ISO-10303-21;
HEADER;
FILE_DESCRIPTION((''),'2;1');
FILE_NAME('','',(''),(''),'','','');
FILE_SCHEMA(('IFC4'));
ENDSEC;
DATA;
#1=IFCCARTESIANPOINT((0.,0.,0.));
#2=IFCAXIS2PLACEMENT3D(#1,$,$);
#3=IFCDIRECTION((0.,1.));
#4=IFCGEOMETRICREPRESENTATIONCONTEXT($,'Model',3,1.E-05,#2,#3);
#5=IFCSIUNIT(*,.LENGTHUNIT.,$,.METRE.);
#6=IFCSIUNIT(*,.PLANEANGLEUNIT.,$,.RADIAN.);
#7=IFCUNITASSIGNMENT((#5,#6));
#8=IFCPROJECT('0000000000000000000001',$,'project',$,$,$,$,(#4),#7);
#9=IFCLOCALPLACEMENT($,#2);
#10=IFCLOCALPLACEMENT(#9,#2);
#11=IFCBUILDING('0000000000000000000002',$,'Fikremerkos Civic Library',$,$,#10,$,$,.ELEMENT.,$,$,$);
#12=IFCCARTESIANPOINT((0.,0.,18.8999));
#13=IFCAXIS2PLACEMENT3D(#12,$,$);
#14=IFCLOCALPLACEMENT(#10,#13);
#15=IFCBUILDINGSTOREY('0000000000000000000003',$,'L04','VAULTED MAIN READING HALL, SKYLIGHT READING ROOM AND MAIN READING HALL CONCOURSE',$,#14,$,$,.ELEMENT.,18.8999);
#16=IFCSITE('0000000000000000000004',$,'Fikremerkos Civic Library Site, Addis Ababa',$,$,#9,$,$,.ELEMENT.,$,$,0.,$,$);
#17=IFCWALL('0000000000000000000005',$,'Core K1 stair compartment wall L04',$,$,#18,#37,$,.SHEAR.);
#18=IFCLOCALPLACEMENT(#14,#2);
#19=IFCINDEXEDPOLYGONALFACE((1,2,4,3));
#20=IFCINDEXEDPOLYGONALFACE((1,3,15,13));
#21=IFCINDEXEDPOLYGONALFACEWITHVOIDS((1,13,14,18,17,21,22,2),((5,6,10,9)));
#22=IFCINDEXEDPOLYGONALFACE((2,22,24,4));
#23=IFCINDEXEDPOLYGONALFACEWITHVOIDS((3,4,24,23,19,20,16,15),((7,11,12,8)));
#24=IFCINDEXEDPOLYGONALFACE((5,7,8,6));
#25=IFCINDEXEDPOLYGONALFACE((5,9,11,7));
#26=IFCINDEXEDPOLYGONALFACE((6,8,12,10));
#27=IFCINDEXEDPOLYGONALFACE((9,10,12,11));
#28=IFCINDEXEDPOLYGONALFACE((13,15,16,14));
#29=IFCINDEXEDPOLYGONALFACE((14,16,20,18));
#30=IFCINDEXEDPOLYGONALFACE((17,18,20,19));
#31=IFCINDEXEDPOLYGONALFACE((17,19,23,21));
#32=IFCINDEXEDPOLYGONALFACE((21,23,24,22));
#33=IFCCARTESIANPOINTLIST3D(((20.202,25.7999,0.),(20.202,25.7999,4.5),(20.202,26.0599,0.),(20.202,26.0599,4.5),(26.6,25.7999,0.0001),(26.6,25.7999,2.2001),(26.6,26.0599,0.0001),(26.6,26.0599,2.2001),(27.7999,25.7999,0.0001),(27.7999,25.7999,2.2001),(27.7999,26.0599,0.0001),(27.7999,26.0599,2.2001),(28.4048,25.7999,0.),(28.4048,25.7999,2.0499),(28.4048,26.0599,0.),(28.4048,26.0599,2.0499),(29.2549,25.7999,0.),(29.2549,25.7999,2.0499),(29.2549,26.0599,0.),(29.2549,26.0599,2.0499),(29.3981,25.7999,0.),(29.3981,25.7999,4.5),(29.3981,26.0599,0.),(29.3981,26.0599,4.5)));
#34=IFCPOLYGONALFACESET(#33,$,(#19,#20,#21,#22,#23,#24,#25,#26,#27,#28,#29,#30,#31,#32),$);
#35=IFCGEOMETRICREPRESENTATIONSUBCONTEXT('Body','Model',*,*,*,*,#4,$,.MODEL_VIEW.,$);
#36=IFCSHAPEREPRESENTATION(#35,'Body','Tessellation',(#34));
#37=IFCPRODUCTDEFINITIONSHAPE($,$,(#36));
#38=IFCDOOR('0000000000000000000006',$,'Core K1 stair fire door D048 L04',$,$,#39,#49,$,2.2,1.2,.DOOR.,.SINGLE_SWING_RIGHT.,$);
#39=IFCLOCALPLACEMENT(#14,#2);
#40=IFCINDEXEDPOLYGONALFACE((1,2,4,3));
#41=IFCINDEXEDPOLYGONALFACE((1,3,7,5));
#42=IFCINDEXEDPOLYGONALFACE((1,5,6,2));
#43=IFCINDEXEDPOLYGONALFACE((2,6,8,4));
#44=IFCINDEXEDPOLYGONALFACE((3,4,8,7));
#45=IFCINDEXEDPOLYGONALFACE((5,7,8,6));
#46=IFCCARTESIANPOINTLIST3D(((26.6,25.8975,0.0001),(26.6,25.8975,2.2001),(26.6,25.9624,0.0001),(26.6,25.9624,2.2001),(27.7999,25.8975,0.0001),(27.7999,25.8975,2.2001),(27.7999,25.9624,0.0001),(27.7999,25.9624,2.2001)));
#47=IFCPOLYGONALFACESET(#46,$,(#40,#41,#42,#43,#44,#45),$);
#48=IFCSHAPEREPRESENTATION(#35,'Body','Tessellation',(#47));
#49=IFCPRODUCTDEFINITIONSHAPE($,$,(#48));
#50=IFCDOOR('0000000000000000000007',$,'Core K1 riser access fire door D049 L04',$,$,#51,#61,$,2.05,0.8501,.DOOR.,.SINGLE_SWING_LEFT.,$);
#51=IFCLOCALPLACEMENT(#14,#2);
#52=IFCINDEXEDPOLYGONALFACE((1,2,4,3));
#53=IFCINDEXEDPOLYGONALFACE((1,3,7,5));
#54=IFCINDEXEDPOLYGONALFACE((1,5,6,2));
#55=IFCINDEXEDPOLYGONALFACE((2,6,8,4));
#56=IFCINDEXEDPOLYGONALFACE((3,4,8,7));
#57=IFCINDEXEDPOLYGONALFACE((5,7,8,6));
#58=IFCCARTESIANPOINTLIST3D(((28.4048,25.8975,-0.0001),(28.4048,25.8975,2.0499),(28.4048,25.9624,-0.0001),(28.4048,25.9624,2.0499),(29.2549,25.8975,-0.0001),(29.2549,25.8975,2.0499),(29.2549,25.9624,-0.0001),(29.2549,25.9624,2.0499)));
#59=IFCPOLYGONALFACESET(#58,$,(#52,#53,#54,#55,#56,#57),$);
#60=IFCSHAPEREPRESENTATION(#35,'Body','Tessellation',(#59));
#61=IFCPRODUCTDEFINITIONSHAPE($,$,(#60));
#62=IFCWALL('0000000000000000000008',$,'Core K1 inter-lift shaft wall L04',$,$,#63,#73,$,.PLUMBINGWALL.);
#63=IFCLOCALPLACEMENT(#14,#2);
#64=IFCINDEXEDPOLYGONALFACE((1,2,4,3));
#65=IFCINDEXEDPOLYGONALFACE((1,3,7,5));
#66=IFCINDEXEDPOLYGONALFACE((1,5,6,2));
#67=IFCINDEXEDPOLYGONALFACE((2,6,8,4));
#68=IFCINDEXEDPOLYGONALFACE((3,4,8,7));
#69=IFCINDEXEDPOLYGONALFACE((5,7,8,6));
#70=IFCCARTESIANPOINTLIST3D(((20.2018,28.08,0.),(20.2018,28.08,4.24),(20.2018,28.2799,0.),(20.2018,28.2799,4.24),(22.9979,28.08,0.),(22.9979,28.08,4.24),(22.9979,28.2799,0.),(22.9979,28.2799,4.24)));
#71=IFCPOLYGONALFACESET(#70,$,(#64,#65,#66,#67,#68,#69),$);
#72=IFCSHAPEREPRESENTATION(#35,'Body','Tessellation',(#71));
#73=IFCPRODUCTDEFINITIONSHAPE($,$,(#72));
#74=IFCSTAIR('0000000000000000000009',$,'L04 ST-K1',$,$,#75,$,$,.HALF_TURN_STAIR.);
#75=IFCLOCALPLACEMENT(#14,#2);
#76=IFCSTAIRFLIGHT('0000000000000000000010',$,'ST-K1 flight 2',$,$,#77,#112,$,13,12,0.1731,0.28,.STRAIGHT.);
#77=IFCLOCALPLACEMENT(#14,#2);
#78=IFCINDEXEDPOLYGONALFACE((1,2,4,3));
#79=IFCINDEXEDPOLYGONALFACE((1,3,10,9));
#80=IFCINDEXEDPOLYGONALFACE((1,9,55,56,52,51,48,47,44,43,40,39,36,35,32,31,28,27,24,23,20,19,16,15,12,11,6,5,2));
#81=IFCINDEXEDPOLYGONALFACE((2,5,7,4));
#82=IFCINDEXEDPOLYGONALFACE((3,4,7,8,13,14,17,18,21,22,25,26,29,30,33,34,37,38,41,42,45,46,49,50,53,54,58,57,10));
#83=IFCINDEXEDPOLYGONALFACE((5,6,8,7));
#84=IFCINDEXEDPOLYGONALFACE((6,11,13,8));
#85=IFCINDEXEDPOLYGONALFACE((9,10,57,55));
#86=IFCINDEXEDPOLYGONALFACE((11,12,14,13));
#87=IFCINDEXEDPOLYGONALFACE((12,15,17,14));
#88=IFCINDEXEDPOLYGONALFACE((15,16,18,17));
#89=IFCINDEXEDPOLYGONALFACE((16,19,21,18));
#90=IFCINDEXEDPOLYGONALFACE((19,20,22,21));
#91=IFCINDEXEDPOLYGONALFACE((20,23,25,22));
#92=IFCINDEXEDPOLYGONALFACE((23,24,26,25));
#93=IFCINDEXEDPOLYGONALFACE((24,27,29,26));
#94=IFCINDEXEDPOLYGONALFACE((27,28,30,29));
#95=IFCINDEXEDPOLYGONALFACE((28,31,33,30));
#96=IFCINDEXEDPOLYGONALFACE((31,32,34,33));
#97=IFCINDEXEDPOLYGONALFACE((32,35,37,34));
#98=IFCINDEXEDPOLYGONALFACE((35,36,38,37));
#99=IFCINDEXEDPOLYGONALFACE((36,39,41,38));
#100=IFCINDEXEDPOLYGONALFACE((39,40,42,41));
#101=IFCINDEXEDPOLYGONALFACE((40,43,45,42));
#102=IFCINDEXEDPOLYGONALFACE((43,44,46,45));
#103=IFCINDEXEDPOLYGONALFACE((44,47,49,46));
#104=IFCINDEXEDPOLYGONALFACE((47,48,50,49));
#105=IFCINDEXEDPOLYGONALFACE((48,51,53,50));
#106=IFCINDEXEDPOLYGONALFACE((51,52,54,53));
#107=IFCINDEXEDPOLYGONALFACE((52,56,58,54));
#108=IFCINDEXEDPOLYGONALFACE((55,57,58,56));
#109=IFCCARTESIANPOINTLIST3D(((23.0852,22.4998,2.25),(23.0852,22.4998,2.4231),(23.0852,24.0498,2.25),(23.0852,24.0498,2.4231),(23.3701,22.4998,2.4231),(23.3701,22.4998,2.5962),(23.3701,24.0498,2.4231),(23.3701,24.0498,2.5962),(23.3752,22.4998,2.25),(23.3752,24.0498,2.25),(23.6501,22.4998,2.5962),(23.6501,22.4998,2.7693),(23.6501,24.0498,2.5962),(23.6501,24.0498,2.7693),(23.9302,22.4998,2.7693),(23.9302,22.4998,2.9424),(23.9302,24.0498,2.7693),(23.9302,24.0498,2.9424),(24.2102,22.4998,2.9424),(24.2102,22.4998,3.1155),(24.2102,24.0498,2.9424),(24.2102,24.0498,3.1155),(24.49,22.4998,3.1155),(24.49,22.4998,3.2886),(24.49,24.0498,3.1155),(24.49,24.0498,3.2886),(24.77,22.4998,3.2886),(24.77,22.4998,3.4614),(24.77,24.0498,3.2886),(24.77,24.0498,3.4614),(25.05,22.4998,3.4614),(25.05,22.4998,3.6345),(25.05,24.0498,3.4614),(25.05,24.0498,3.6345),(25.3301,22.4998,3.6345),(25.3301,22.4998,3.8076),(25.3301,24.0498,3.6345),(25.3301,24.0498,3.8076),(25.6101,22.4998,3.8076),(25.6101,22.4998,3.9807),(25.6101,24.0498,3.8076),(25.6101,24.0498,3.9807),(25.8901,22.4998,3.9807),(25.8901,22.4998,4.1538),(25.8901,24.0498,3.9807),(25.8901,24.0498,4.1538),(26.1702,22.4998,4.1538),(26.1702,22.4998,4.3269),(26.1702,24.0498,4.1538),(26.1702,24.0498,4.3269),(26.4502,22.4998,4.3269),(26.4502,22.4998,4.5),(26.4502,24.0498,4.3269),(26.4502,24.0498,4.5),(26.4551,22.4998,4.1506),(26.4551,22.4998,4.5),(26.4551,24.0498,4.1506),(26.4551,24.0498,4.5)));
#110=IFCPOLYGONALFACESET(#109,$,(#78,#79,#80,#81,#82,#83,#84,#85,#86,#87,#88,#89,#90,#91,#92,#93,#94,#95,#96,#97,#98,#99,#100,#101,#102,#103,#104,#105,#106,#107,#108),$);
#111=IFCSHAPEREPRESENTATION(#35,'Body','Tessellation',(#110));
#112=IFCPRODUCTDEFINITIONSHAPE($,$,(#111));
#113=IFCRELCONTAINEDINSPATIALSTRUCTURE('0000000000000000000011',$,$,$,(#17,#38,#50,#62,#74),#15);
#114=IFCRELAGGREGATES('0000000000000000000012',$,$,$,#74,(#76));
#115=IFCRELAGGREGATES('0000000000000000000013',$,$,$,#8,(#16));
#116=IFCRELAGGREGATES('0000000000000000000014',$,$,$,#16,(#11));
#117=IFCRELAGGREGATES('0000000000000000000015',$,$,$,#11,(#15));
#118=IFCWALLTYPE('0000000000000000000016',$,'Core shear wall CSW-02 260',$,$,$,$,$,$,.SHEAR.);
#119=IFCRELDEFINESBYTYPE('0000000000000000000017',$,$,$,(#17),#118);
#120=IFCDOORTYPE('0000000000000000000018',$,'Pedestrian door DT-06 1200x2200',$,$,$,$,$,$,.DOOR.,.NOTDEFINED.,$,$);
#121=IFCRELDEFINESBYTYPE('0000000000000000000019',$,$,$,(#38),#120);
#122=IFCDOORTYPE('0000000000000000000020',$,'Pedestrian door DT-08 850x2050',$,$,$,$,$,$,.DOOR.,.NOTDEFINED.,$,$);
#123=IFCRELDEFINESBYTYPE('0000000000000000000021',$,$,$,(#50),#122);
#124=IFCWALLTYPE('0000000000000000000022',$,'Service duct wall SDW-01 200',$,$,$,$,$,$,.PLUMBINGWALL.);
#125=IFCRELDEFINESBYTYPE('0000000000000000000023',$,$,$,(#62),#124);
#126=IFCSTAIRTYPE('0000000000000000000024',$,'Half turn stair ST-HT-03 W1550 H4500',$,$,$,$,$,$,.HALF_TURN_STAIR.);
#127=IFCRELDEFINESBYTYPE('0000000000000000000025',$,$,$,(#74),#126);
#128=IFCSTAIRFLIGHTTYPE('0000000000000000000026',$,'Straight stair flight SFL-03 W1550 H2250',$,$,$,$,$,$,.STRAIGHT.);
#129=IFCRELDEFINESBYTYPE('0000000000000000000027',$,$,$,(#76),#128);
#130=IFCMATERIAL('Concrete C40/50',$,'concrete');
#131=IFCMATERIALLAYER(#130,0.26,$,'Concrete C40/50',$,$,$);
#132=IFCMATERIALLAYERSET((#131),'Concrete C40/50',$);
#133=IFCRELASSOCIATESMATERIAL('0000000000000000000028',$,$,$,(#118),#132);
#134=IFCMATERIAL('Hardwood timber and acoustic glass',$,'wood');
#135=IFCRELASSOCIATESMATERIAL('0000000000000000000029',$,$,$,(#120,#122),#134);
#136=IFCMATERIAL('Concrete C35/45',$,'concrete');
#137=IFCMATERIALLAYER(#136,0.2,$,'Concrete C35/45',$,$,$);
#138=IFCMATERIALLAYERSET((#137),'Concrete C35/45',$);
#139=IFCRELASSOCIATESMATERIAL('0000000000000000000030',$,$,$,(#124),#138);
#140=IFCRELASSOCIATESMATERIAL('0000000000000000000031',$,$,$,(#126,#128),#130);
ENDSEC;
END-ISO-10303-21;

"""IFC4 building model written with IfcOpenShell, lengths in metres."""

from ifc_helpers import new_model, si_unit, direction, frame, frame_2d, origin, place, context, subcontext, project, spatial, polyline, rectangle, outline, extrude, material, layer, layer_set, type_object, element, fill, aggregate, save


model = new_model("IFC4")

# Units and contexts
model_context = context("Model", 3, precision=1e-05, world=origin(), true_north=direction((0.0, 1.0)))
body_context = subcontext(model_context, "Body", "Model", "MODEL_VIEW")
ifc_project = project(units=[si_unit("LENGTHUNIT", "METRE"), si_unit("PLANEANGLEUNIT", "RADIAN")], contexts=[model_context])

# Site, building, storey
site_placement = place(None, origin())
site = spatial("IfcSite", under=ifc_project, at=site_placement, Name="Fikremerkos Civic Library Site, Addis Ababa", CompositionType="ELEMENT", RefElevation=0.0)
building_placement = place(site_placement, origin())
building = spatial("IfcBuilding", under=site, at=building_placement, Name="Fikremerkos Civic Library", CompositionType="ELEMENT")
storey_placement = place(building_placement, frame((0.0, 0.0, 18.8999)))
storey = spatial("IfcBuildingStorey", under=building, at=storey_placement, Name="L04", Description="VAULTED MAIN READING HALL, SKYLIGHT READING ROOM AND MAIN READING HALL CONCOURSE", CompositionType="ELEMENT", Elevation=18.8999)

# Wall, openings, doors
ifc_material_1 = material(Name="Concrete C40/50", Category="concrete")
ifc_layer_1 = layer(ifc_material_1, 0.26, Name="Concrete C40/50")
ifc_layer_set_1 = layer_set([ifc_layer_1], Name="Concrete C40/50")
wall_type_1 = type_object("IfcWallType", Name="Core shear wall CSW-02 260", PredefinedType="SHEAR", material=ifc_layer_set_1)
wall_1_placement = place(storey_placement, frame((20.2019, 25.9299, 0.0), z_axis=(0.0, 0.0, 1.0), x_axis=(1.0, 0.0, 0.0)))
wall_1 = element("IfcWall", 1, at=wall_1_placement, inside=storey, type_object=wall_type_1, Name="Core K1 stair compartment wall L04", PredefinedType="SHEAR", context=body_context, shape_type="SweptSolid", body=[
    extrude(rectangle(XDim=9.196, YDim=0.26, at=frame_2d((4.5981, 0.0))), origin(), (0.0, 0.0, 1.0), 4.5),
])
opening_1_placement = place(wall_1_placement, frame((6.3979, 0.0, 0.0)))
opening_1 = element("IfcOpeningElement", 2, at=opening_1_placement, cuts=wall_1, PredefinedType="OPENING", context=body_context, shape_type="SweptSolid", body=[
    extrude(rectangle(XDim=1.2, YDim=2.2, at=frame_2d((0.6001, 1.1001))), frame((0.0, 0.1399, 0.0), z_axis=(0.0, -1.0, 0.0), x_axis=(1.0, 0.0, 0.0)), (0.0, 0.0, 1.0), 0.28),
])
opening_2_placement = place(wall_1_placement, frame((8.2029, 0.0, 0.0)))
opening_2 = element("IfcOpeningElement", 3, at=opening_2_placement, cuts=wall_1, PredefinedType="OPENING", context=body_context, shape_type="SweptSolid", body=[
    extrude(rectangle(XDim=0.8501, YDim=2.05, at=frame_2d((0.425, 1.0249))), frame((0.0, 0.1399, 0.0), z_axis=(0.0, -1.0, 0.0), x_axis=(1.0, 0.0, 0.0)), (0.0, 0.0, 1.0), 0.28),
])
ifc_material_2 = material(Name="Hardwood timber and acoustic glass", Category="wood")
door_type_1 = type_object("IfcDoorType", Name="Pedestrian door DT-06 1200x2200", OperationType="NOTDEFINED", PredefinedType="DOOR", material=ifc_material_2)
door_1_placement = place(opening_1_placement, origin())
door_1 = element("IfcDoor", 4, at=door_1_placement, inside=storey, type_object=door_type_1, Name="Core K1 stair fire door D048 L04", OperationType="SINGLE_SWING_RIGHT", OverallHeight=2.2, OverallWidth=1.2, PredefinedType="DOOR", context=body_context, shape_type="SweptSolid", body=[
    extrude(rectangle(XDim=1.2, YDim=2.2, at=frame_2d((0.6001, 1.1001))), frame((0.0, 0.0325, 0.0), z_axis=(0.0, -1.0, 0.0), x_axis=(1.0, 0.0, 0.0)), (0.0, 0.0, 1.0), 0.0649),
])
fill(opening_1, door_1)
door_type_2 = type_object("IfcDoorType", Name="Pedestrian door DT-08 850x2050", OperationType="NOTDEFINED", PredefinedType="DOOR", material=ifc_material_2)
door_2_placement = place(opening_2_placement, origin())
door_2 = element("IfcDoor", 5, at=door_2_placement, inside=storey, type_object=door_type_2, Name="Core K1 riser access fire door D049 L04", OperationType="SINGLE_SWING_LEFT", OverallHeight=2.05, OverallWidth=0.8501, PredefinedType="DOOR", context=body_context, shape_type="SweptSolid", body=[
    extrude(rectangle(XDim=0.8501, YDim=2.05, at=frame_2d((0.425, 1.0249))), frame((0.0, 0.0325, 0.0), z_axis=(0.0, -1.0, 0.0), x_axis=(1.0, 0.0, 0.0)), (0.0, 0.0, 1.0), 0.0649),
])
fill(opening_2, door_2)

# Wall
ifc_material_3 = material(Name="Concrete C35/45", Category="concrete")
ifc_layer_2 = layer(ifc_material_3, 0.2, Name="Concrete C35/45")
ifc_layer_set_2 = layer_set([ifc_layer_2], Name="Concrete C35/45")
wall_type_2 = type_object("IfcWallType", Name="Service duct wall SDW-01 200", PredefinedType="PLUMBINGWALL", material=ifc_layer_set_2)
wall_2_placement = place(storey_placement, frame((20.2019, 28.1799, 0.0), z_axis=(0.0, 0.0, 1.0), x_axis=(1.0, 0.0, 0.0)))
element("IfcWall", 6, at=wall_2_placement, inside=storey, type_object=wall_type_2, Name="Core K1 inter-lift shaft wall L04", PredefinedType="PLUMBINGWALL", context=body_context, shape_type="SweptSolid", body=[
    extrude(rectangle(XDim=2.7961, YDim=0.2, at=frame_2d((1.3979, 0.0))), origin(), (0.0, 0.0, 1.0), 4.24),
])

# Stair, stair flight
stair_type = type_object("IfcStairType", Name="Half turn stair ST-HT-03 W1550 H4500", PredefinedType="HALF_TURN_STAIR", material=ifc_material_1)
stair_placement = place(storey_placement, origin())
stair = element("IfcStair", 7, at=stair_placement, inside=storey, type_object=stair_type, Name="L04 ST-K1", PredefinedType="HALF_TURN_STAIR")
stair_flight_type = type_object("IfcStairFlightType", Name="Straight stair flight SFL-03 W1550 H2250", PredefinedType="STRAIGHT", material=ifc_material_1)
stair_flight_placement = place(storey_placement, frame((23.0901, 23.2749, 2.25), z_axis=(0.0, 0.0, 1.0), x_axis=(1.0, 0.0, 0.0)))
stair_flight = element("IfcStairFlight", 8, at=stair_flight_placement, type_object=stair_flight_type, Name="ST-K1 flight 2", NumberOfRisers=13, NumberOfTreads=12, PredefinedType="STRAIGHT", RiserHeight=0.1731, TreadLength=0.28, context=body_context, shape_type="SweptSolid", body=[
    extrude(outline(polyline([(-0.0049, 0.0), (-0.0049, 0.1731), (0.28, 0.1731), (0.28, 0.3462), (0.5601, 0.3462), (0.5601, 0.5193), (0.8401, 0.5193), (0.8401, 0.6924), (1.1201, 0.6924), (1.1201, 0.8655), (1.3999, 0.8655), (1.3999, 1.0386), (1.6799, 1.0386), (1.6799, 1.2114), (1.96, 1.2114), (1.96, 1.3845), (2.24, 1.3845), (2.24, 1.5576), (2.52, 1.5576), (2.52, 1.7307), (2.8, 1.7307), (2.8, 1.9038), (3.0801, 1.9038), (3.0801, 2.0769), (3.3601, 2.0769), (3.3601, 2.25), (3.365, 2.25), (3.365, 1.9006), (0.2852, 0.0), (-0.0049, 0.0)])), frame((0.0, 0.7749, 0.0), z_axis=(0.0, -1.0, 0.0), x_axis=(1.0, 0.0, 0.0)), (0.0, 0.0, 1.0), 1.55),
])
aggregate(stair, [stair_flight])

save(model, "model.ifc")
